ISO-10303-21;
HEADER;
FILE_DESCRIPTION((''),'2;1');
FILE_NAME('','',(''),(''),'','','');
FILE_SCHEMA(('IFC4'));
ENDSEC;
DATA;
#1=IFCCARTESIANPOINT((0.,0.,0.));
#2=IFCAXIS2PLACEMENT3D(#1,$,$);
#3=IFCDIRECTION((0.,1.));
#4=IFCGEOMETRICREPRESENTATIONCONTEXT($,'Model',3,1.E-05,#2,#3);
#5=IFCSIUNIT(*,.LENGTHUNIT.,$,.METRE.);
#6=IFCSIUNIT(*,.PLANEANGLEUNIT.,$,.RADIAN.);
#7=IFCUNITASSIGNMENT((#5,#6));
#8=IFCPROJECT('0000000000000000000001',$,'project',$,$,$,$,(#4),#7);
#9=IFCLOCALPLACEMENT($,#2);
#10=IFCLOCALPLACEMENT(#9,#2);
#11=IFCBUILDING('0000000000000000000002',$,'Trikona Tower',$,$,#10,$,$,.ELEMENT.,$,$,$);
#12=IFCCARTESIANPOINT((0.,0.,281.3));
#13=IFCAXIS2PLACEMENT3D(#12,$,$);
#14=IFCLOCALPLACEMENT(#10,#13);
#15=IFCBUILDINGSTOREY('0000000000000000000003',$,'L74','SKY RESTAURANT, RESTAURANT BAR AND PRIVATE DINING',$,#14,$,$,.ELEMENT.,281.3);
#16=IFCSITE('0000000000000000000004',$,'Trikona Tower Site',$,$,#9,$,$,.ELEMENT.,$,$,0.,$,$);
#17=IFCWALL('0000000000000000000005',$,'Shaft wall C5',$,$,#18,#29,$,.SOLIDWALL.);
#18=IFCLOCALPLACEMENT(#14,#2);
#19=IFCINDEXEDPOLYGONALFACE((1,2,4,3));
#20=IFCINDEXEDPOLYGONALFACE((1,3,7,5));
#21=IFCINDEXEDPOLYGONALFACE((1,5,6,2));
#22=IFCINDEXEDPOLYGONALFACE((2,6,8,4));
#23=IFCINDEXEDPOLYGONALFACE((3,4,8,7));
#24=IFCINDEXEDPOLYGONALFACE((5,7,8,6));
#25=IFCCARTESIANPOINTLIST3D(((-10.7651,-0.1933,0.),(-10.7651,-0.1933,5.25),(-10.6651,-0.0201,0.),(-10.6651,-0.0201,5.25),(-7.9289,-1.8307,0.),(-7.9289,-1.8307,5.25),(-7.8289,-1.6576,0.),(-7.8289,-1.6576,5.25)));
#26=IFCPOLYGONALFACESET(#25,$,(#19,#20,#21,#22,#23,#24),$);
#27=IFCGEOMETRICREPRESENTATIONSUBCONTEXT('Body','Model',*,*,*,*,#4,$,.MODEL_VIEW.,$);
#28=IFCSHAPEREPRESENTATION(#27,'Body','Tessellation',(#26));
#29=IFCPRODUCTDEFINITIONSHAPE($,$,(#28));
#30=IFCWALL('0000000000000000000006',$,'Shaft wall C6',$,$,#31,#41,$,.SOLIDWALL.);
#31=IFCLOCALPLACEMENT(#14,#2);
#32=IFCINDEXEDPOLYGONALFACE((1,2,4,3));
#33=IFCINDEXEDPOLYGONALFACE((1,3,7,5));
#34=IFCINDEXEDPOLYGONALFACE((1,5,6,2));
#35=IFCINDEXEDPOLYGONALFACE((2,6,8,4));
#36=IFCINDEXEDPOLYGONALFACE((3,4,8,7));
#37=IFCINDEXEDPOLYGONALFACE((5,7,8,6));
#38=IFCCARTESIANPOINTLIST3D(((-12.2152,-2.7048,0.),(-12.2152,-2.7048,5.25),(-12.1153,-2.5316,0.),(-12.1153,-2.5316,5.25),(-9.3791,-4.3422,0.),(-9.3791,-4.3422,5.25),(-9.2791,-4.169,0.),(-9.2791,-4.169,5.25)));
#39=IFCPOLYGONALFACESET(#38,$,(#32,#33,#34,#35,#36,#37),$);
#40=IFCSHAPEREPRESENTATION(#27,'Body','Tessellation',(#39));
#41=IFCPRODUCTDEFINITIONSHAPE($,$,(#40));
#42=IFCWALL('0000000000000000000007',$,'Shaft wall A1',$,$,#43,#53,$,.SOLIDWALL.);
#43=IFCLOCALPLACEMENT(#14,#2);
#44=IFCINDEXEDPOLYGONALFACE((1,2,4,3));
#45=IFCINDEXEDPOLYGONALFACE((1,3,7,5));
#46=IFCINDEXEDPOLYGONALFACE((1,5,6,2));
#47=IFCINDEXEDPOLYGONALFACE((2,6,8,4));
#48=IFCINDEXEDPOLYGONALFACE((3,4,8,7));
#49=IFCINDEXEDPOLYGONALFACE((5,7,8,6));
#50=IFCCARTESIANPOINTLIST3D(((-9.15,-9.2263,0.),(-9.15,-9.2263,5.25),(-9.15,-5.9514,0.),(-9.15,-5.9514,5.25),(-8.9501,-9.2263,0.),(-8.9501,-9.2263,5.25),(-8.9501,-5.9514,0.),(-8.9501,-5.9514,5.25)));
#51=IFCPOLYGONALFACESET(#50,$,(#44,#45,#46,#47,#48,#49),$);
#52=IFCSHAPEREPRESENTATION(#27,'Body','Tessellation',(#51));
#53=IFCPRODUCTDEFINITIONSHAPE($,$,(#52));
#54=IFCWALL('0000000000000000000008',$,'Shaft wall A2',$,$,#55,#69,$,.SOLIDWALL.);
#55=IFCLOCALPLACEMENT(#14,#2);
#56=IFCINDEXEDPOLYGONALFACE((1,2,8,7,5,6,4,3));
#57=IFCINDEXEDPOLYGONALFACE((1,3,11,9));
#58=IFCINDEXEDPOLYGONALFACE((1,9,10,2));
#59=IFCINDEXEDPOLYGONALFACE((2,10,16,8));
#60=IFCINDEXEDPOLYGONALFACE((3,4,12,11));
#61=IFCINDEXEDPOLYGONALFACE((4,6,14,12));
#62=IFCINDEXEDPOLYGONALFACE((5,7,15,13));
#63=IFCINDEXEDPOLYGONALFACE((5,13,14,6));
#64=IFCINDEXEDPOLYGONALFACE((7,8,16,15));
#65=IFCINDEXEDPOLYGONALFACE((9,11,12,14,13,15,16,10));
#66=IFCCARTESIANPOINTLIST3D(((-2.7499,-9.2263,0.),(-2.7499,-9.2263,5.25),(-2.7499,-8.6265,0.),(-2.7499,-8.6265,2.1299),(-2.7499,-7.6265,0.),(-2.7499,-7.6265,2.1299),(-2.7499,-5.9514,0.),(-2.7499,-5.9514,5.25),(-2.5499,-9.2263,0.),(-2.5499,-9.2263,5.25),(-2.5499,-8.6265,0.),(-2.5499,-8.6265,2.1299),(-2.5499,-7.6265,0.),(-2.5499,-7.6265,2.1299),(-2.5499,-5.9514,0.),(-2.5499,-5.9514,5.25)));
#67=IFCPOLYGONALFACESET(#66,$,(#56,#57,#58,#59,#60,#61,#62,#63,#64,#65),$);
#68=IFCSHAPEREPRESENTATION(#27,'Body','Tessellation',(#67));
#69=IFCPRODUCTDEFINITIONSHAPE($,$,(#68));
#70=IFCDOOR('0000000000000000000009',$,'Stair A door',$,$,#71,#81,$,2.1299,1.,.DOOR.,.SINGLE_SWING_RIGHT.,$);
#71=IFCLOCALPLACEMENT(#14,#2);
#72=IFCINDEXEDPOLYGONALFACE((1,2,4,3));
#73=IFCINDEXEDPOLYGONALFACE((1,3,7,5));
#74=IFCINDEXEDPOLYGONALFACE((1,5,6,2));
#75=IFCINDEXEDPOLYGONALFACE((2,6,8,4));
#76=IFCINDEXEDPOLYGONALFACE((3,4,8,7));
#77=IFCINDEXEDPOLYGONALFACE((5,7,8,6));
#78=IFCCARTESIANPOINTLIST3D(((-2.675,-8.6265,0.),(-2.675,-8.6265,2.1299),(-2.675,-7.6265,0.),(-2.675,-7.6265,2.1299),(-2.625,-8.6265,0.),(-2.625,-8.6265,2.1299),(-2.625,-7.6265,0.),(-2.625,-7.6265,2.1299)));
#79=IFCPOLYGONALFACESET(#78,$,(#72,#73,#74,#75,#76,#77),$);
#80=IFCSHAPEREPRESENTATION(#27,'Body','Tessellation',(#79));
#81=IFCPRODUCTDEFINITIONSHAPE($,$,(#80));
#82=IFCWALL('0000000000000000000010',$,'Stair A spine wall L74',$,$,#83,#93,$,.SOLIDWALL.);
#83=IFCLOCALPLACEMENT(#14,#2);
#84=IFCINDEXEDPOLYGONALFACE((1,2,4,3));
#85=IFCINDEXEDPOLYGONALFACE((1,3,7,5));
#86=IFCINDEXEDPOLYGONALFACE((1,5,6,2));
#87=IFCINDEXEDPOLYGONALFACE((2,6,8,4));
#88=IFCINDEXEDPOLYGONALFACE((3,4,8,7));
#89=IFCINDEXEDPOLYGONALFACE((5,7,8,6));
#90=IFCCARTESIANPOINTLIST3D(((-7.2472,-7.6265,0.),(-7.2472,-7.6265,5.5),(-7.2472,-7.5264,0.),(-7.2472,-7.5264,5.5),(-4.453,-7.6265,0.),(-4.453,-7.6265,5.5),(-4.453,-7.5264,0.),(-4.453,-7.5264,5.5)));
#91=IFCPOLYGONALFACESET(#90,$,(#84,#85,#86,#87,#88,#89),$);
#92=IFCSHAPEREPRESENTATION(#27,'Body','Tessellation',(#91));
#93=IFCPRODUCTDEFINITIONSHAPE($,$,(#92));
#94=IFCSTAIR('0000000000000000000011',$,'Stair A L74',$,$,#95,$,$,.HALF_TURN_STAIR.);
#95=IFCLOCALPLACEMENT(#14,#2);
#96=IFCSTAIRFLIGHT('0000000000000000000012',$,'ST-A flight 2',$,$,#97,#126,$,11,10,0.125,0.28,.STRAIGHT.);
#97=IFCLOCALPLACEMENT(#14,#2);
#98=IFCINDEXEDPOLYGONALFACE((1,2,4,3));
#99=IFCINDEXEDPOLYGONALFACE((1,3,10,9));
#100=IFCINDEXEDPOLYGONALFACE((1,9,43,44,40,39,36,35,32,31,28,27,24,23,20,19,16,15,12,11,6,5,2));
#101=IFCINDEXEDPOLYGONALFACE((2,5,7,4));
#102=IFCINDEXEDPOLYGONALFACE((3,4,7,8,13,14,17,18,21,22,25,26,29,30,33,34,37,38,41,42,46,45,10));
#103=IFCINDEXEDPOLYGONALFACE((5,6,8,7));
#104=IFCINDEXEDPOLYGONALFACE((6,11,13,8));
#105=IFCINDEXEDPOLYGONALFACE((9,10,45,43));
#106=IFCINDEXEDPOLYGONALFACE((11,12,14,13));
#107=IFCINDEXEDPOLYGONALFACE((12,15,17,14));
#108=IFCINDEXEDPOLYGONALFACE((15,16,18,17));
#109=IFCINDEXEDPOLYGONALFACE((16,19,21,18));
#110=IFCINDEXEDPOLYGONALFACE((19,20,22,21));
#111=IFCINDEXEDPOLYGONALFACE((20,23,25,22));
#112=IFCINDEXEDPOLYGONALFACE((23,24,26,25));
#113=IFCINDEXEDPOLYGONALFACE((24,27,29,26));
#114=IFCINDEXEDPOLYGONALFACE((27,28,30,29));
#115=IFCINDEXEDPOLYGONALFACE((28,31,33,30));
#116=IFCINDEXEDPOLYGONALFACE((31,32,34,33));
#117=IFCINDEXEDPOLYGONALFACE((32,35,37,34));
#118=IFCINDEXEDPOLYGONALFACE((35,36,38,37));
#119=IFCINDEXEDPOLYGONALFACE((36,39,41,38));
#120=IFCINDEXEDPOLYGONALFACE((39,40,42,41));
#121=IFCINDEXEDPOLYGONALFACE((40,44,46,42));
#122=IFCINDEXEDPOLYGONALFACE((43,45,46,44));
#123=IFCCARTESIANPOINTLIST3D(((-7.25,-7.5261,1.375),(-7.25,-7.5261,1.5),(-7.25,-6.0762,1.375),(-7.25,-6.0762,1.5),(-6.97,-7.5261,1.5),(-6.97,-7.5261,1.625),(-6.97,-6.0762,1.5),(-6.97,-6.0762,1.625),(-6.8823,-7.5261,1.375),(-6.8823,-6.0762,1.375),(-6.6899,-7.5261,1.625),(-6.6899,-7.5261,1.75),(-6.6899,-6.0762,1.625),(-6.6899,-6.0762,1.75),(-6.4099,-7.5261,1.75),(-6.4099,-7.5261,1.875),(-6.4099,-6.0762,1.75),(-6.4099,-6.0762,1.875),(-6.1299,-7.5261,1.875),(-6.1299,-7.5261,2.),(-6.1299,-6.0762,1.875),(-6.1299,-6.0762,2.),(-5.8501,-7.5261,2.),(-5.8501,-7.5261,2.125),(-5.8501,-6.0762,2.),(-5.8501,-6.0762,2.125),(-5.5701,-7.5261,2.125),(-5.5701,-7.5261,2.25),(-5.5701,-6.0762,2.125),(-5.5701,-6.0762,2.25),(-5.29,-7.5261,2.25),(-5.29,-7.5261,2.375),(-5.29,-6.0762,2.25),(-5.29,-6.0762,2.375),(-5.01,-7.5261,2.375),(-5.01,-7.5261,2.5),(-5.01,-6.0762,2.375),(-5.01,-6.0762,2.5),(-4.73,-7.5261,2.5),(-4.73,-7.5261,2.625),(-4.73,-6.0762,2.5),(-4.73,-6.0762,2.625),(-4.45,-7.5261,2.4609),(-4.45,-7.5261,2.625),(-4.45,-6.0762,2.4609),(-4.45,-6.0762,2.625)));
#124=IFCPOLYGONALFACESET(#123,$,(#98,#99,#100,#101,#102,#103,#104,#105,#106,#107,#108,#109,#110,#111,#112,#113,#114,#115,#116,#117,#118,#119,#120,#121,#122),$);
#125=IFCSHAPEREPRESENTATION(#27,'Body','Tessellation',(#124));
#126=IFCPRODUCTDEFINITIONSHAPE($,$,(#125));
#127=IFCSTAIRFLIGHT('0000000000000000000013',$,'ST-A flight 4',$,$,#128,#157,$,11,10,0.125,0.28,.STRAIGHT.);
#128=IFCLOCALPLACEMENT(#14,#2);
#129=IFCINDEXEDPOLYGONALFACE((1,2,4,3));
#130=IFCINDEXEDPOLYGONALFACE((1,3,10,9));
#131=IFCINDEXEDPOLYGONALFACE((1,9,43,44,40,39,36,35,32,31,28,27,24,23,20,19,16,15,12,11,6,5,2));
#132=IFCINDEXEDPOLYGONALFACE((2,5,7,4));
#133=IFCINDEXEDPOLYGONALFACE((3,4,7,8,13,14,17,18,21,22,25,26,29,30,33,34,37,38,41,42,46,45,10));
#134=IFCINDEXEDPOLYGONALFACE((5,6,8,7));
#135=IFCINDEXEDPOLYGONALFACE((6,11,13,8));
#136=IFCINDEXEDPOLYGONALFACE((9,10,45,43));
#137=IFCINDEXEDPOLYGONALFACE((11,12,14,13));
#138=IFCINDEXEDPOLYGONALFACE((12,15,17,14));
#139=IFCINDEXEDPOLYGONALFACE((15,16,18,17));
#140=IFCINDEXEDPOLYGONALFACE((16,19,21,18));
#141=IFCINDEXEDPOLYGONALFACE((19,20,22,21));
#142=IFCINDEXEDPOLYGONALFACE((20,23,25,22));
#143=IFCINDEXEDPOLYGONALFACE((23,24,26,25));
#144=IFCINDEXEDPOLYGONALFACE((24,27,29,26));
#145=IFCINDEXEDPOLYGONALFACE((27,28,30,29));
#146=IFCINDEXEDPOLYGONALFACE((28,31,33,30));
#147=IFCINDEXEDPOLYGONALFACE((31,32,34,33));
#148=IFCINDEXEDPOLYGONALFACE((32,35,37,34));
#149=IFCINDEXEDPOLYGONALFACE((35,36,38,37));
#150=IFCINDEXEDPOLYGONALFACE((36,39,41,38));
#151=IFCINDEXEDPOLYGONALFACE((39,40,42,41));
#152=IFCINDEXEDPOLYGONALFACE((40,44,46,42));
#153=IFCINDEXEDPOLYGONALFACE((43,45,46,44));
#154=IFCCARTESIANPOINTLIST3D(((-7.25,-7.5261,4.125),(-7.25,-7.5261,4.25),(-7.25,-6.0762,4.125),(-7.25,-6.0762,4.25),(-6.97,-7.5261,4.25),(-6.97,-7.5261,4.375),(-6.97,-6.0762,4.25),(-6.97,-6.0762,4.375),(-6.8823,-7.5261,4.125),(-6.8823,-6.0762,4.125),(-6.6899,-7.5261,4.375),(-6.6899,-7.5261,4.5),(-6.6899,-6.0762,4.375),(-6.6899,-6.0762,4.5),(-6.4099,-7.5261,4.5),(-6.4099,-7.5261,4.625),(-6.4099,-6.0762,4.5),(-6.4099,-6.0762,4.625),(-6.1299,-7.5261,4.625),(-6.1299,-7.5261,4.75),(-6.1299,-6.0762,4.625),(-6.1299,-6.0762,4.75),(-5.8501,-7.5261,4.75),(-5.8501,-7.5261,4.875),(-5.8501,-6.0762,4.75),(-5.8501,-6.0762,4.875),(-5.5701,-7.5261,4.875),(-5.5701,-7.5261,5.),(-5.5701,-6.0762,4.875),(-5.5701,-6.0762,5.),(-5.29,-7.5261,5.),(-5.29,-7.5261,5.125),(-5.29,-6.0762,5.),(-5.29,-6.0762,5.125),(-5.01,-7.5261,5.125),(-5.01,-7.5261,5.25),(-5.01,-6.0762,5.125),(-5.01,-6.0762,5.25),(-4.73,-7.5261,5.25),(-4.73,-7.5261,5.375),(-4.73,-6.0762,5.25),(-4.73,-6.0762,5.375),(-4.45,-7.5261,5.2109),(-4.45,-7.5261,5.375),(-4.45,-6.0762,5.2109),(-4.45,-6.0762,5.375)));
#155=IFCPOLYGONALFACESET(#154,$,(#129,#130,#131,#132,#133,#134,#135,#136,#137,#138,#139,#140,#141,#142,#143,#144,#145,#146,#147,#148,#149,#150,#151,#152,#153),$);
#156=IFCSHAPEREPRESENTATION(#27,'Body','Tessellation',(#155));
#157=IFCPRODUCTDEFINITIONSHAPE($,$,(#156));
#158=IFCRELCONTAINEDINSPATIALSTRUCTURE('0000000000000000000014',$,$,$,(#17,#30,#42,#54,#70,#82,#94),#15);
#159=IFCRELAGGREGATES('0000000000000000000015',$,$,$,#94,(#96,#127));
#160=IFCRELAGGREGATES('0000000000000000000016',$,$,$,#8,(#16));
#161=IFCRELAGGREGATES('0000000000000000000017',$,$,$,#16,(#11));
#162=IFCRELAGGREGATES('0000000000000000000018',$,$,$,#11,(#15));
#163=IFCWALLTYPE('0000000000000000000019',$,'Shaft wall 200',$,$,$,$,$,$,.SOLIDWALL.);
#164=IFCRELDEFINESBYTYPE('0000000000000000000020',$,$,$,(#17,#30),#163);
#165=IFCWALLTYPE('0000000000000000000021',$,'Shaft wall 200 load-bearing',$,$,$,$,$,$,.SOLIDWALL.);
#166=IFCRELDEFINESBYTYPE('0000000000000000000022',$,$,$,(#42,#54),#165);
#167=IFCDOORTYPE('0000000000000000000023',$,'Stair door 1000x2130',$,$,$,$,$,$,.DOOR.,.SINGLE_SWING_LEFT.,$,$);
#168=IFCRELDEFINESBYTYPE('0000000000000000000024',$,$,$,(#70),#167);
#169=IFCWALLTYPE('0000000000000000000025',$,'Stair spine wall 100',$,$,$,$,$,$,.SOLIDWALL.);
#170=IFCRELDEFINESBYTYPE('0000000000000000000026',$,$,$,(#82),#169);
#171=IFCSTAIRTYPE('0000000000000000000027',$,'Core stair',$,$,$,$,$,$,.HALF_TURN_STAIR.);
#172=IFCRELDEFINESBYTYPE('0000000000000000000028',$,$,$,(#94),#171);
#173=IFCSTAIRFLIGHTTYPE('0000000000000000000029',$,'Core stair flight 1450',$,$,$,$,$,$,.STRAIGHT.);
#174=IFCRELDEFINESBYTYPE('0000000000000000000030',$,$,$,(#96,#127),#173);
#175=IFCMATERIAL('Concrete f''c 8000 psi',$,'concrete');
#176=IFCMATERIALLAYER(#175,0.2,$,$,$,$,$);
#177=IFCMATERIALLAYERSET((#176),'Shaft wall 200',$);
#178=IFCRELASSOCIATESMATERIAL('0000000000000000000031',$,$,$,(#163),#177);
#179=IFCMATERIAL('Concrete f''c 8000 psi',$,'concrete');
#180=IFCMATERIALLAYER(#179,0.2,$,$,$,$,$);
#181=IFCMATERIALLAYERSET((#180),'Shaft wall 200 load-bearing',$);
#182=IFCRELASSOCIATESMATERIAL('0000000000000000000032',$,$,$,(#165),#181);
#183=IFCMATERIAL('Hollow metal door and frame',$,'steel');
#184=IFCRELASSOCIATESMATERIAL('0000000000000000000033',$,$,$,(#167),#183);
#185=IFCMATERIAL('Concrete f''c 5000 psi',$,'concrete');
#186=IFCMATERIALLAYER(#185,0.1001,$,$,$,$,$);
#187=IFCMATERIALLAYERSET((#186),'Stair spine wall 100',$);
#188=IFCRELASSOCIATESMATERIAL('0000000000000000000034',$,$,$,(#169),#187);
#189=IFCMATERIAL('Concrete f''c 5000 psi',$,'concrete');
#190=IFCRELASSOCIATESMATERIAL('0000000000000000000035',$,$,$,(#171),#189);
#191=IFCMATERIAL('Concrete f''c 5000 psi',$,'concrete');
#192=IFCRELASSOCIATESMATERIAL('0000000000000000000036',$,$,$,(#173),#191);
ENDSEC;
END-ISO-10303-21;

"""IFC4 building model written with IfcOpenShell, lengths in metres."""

from ifc_helpers import new_model, si_unit, direction, frame, frame_2d, origin, place, context, subcontext, project, spatial, polyline, rectangle, outline, extrude, material, layer, layer_set, type_object, element, fill, aggregate, save


model = new_model("IFC4")

# Units and contexts
model_context = context("Model", 3, precision=1e-05, world=origin(), true_north=direction((0.0, 1.0)))
body_context = subcontext(model_context, "Body", "Model", "MODEL_VIEW")
ifc_project = project(units=[si_unit("LENGTHUNIT", "METRE"), si_unit("PLANEANGLEUNIT", "RADIAN")], contexts=[model_context])

# Site, building, storey
site_placement = place(None, origin())
site = spatial("IfcSite", under=ifc_project, at=site_placement, Name="Trikona Tower Site", CompositionType="ELEMENT", RefElevation=0.0)
building_placement = place(site_placement, origin())
building = spatial("IfcBuilding", under=site, at=building_placement, Name="Trikona Tower", CompositionType="ELEMENT")
storey_placement = place(building_placement, frame((0.0, 0.0, 281.3)))
storey = spatial("IfcBuildingStorey", under=building, at=storey_placement, Name="L74", Description="SKY RESTAURANT, RESTAURANT BAR AND PRIVATE DINING", CompositionType="ELEMENT", Elevation=281.3)

# Walls
ifc_material_1 = material(Name="Concrete f'c 8000 psi", Category="concrete")
ifc_layer_1 = layer(ifc_material_1, 0.2)
ifc_layer_set_1 = layer_set([ifc_layer_1], Name="Shaft wall 200")
wall_type_1 = type_object("IfcWallType", Name="Shaft wall 200", PredefinedType="SOLIDWALL", material=ifc_layer_set_1)
for number, where, z_axis, x_axis, name in (
    (1, (-7.8789, -1.7441, 0.0), (0.0, 0.0, 1.0), (-0.866028, 0.499996, 0.0), "Shaft wall C5"),
    (2, (-9.3291, -4.2556, 0.0), (0.0, 0.0, 1.0), (-0.866028, 0.499996, 0.0), "Shaft wall C6"),
):
    element("IfcWall", number, at=place(storey_placement, frame(where, z_axis=z_axis, x_axis=x_axis)), inside=storey, type_object=wall_type_1, Name=name, PredefinedType="SOLIDWALL", context=body_context, shape_type="SweptSolid", body=[
        extrude(rectangle(XDim=3.2749, YDim=0.2, at=frame_2d((1.6375, 0.0))), origin(), (0.0, 0.0, 1.0), 5.25),
    ])
ifc_material_2 = material(Name="Concrete f'c 8000 psi", Category="concrete")
ifc_layer_2 = layer(ifc_material_2, 0.2)
ifc_layer_set_2 = layer_set([ifc_layer_2], Name="Shaft wall 200 load-bearing")
wall_type_2 = type_object("IfcWallType", Name="Shaft wall 200 load-bearing", PredefinedType="SOLIDWALL", material=ifc_layer_set_2)
wall_1_placement = place(storey_placement, frame((-9.05, -5.9514, 0.0), z_axis=(0.0, 0.0, 1.0), x_axis=(0.0, -1.0, 0.0)))
element("IfcWall", 3, at=wall_1_placement, inside=storey, type_object=wall_type_2, Name="Shaft wall A1", PredefinedType="SOLIDWALL", context=body_context, shape_type="SweptSolid", body=[
    extrude(rectangle(XDim=3.2749, YDim=0.2, at=frame_2d((1.6375, 0.0))), origin(), (0.0, 0.0, 1.0), 5.25),
])

# Wall, opening, door
wall_2_placement = place(storey_placement, frame((-2.6499, -5.9514, 0.0), z_axis=(0.0, 0.0, 1.0), x_axis=(0.0, -1.0, 0.0)))
wall_2 = element("IfcWall", 4, at=wall_2_placement, inside=storey, type_object=wall_type_2, Name="Shaft wall A2", PredefinedType="SOLIDWALL", context=body_context, shape_type="SweptSolid", body=[
    extrude(rectangle(XDim=3.2749, YDim=0.2, at=frame_2d((1.6375, 0.0))), origin(), (0.0, 0.0, 1.0), 5.25),
])
opening_1_placement = place(wall_2_placement, frame((1.675, 0.0, 0.0)))
opening_1 = element("IfcOpeningElement", 5, at=opening_1_placement, cuts=wall_2, PredefinedType="OPENING", context=body_context, shape_type="SweptSolid", body=[
    extrude(rectangle(XDim=1.0, YDim=2.1299, at=frame_2d((0.5, 1.0649))), frame((0.0, 0.1099, 0.0), z_axis=(0.0, -1.0, 0.0), x_axis=(1.0, 0.0, 0.0)), (0.0, 0.0, 1.0), 0.22),
])
ifc_material_3 = material(Name="Hollow metal door and frame", Category="steel")
door_type_1 = type_object("IfcDoorType", Name="Stair door 1000x2130", OperationType="SINGLE_SWING_LEFT", PredefinedType="DOOR", material=ifc_material_3)
door_1_placement = place(opening_1_placement, origin())
door_1 = element("IfcDoor", 6, at=door_1_placement, inside=storey, type_object=door_type_1, Name="Stair A door", OperationType="SINGLE_SWING_RIGHT", OverallHeight=2.1299, OverallWidth=1.0, PredefinedType="DOOR", context=body_context, shape_type="SweptSolid", body=[
    extrude(rectangle(XDim=1.0, YDim=2.1299, at=frame_2d((0.5, 1.0649))), frame((0.0, 0.0249, 0.0), z_axis=(0.0, -1.0, 0.0), x_axis=(1.0, 0.0, 0.0)), (0.0, 0.0, 1.0), 0.05),
])
fill(opening_1, door_1)

# Wall
ifc_material_4 = material(Name="Concrete f'c 5000 psi", Category="concrete")
ifc_layer_3 = layer(ifc_material_4, 0.1001)
ifc_layer_set_3 = layer_set([ifc_layer_3], Name="Stair spine wall 100")
wall_type_3 = type_object("IfcWallType", Name="Stair spine wall 100", PredefinedType="SOLIDWALL", material=ifc_layer_set_3)
wall_3_placement = place(storey_placement, frame((-7.2471, -7.5764, 0.0), z_axis=(0.0, 0.0, 1.0), x_axis=(1.0, 0.0, 0.0)))
element("IfcWall", 7, at=wall_3_placement, inside=storey, type_object=wall_type_3, Name="Stair A spine wall L74", PredefinedType="SOLIDWALL", context=body_context, shape_type="SweptSolid", body=[
    extrude(rectangle(XDim=2.7942, YDim=0.1001, at=frame_2d((1.397, 0.0))), origin(), (0.0, 0.0, 1.0), 5.5),
])

# Stair, stair flights
ifc_material_5 = material(Name="Concrete f'c 5000 psi", Category="concrete")
stair_type = type_object("IfcStairType", Name="Core stair", PredefinedType="HALF_TURN_STAIR", material=ifc_material_5)
stair_placement = place(storey_placement, origin())
stair = element("IfcStair", 8, at=stair_placement, inside=storey, type_object=stair_type, Name="Stair A L74", PredefinedType="HALF_TURN_STAIR")
ifc_material_6 = material(Name="Concrete f'c 5000 psi", Category="concrete")
stair_flight_type = type_object("IfcStairFlightType", Name="Core stair flight 1450", PredefinedType="STRAIGHT", material=ifc_material_6)
stair_flight_1_placement = place(storey_placement, frame((-7.25, -6.8013, 1.375), z_axis=(0.0, 0.0, 1.0), x_axis=(1.0, 0.0, 0.0)))
stair_flight_1 = element("IfcStairFlight", 9, at=stair_flight_1_placement, type_object=stair_flight_type, Name="ST-A flight 2", NumberOfRisers=11, NumberOfTreads=10, PredefinedType="STRAIGHT", RiserHeight=0.125, TreadLength=0.28, context=body_context, shape_type="SweptSolid", body=[
    extrude(outline(polyline([(0.0, 0.0), (0.0, 0.125), (0.28, 0.125), (0.28, 0.25), (0.5601, 0.25), (0.5601, 0.375), (0.8401, 0.375), (0.8401, 0.5), (1.1201, 0.5), (1.1201, 0.625), (1.3999, 0.625), (1.3999, 0.75), (1.6799, 0.75), (1.6799, 0.875), (1.96, 0.875), (1.96, 1.0), (2.24, 1.0), (2.24, 1.125), (2.52, 1.125), (2.52, 1.25), (2.8, 1.25), (2.8, 1.375), (2.8, 1.0859), (0.3677, 0.0), (0.0, 0.0)])), frame((0.0, 0.7251, 0.0), z_axis=(0.0, -1.0, 0.0), x_axis=(1.0, 0.0, 0.0)), (0.0, 0.0, 1.0), 1.45),
])
stair_flight_2_placement = place(storey_placement, frame((-7.25, -6.8013, 4.125), z_axis=(0.0, 0.0, 1.0), x_axis=(1.0, 0.0, 0.0)))
stair_flight_2 = element("IfcStairFlight", 10, at=stair_flight_2_placement, type_object=stair_flight_type, Name="ST-A flight 4", NumberOfRisers=11, NumberOfTreads=10, PredefinedType="STRAIGHT", RiserHeight=0.125, TreadLength=0.28, context=body_context, shape_type="SweptSolid", body=[
    extrude(outline(polyline([(0.0, 0.0), (0.0, 0.125), (0.28, 0.125), (0.28, 0.25), (0.5601, 0.25), (0.5601, 0.375), (0.8401, 0.375), (0.8401, 0.5), (1.1201, 0.5), (1.1201, 0.625), (1.3999, 0.625), (1.3999, 0.75), (1.6799, 0.75), (1.6799, 0.875), (1.96, 0.875), (1.96, 1.0), (2.24, 1.0), (2.24, 1.125), (2.52, 1.125), (2.52, 1.25), (2.8, 1.25), (2.8, 1.375), (2.8, 1.0859), (0.3677, 0.0), (0.0, 0.0)])), frame((0.0, 0.7251, 0.0), z_axis=(0.0, -1.0, 0.0), x_axis=(1.0, 0.0, 0.0)), (0.0, 0.0, 1.0), 1.45),
])
aggregate(stair, [stair_flight_1, stair_flight_2])

save(model, "model.ifc")
